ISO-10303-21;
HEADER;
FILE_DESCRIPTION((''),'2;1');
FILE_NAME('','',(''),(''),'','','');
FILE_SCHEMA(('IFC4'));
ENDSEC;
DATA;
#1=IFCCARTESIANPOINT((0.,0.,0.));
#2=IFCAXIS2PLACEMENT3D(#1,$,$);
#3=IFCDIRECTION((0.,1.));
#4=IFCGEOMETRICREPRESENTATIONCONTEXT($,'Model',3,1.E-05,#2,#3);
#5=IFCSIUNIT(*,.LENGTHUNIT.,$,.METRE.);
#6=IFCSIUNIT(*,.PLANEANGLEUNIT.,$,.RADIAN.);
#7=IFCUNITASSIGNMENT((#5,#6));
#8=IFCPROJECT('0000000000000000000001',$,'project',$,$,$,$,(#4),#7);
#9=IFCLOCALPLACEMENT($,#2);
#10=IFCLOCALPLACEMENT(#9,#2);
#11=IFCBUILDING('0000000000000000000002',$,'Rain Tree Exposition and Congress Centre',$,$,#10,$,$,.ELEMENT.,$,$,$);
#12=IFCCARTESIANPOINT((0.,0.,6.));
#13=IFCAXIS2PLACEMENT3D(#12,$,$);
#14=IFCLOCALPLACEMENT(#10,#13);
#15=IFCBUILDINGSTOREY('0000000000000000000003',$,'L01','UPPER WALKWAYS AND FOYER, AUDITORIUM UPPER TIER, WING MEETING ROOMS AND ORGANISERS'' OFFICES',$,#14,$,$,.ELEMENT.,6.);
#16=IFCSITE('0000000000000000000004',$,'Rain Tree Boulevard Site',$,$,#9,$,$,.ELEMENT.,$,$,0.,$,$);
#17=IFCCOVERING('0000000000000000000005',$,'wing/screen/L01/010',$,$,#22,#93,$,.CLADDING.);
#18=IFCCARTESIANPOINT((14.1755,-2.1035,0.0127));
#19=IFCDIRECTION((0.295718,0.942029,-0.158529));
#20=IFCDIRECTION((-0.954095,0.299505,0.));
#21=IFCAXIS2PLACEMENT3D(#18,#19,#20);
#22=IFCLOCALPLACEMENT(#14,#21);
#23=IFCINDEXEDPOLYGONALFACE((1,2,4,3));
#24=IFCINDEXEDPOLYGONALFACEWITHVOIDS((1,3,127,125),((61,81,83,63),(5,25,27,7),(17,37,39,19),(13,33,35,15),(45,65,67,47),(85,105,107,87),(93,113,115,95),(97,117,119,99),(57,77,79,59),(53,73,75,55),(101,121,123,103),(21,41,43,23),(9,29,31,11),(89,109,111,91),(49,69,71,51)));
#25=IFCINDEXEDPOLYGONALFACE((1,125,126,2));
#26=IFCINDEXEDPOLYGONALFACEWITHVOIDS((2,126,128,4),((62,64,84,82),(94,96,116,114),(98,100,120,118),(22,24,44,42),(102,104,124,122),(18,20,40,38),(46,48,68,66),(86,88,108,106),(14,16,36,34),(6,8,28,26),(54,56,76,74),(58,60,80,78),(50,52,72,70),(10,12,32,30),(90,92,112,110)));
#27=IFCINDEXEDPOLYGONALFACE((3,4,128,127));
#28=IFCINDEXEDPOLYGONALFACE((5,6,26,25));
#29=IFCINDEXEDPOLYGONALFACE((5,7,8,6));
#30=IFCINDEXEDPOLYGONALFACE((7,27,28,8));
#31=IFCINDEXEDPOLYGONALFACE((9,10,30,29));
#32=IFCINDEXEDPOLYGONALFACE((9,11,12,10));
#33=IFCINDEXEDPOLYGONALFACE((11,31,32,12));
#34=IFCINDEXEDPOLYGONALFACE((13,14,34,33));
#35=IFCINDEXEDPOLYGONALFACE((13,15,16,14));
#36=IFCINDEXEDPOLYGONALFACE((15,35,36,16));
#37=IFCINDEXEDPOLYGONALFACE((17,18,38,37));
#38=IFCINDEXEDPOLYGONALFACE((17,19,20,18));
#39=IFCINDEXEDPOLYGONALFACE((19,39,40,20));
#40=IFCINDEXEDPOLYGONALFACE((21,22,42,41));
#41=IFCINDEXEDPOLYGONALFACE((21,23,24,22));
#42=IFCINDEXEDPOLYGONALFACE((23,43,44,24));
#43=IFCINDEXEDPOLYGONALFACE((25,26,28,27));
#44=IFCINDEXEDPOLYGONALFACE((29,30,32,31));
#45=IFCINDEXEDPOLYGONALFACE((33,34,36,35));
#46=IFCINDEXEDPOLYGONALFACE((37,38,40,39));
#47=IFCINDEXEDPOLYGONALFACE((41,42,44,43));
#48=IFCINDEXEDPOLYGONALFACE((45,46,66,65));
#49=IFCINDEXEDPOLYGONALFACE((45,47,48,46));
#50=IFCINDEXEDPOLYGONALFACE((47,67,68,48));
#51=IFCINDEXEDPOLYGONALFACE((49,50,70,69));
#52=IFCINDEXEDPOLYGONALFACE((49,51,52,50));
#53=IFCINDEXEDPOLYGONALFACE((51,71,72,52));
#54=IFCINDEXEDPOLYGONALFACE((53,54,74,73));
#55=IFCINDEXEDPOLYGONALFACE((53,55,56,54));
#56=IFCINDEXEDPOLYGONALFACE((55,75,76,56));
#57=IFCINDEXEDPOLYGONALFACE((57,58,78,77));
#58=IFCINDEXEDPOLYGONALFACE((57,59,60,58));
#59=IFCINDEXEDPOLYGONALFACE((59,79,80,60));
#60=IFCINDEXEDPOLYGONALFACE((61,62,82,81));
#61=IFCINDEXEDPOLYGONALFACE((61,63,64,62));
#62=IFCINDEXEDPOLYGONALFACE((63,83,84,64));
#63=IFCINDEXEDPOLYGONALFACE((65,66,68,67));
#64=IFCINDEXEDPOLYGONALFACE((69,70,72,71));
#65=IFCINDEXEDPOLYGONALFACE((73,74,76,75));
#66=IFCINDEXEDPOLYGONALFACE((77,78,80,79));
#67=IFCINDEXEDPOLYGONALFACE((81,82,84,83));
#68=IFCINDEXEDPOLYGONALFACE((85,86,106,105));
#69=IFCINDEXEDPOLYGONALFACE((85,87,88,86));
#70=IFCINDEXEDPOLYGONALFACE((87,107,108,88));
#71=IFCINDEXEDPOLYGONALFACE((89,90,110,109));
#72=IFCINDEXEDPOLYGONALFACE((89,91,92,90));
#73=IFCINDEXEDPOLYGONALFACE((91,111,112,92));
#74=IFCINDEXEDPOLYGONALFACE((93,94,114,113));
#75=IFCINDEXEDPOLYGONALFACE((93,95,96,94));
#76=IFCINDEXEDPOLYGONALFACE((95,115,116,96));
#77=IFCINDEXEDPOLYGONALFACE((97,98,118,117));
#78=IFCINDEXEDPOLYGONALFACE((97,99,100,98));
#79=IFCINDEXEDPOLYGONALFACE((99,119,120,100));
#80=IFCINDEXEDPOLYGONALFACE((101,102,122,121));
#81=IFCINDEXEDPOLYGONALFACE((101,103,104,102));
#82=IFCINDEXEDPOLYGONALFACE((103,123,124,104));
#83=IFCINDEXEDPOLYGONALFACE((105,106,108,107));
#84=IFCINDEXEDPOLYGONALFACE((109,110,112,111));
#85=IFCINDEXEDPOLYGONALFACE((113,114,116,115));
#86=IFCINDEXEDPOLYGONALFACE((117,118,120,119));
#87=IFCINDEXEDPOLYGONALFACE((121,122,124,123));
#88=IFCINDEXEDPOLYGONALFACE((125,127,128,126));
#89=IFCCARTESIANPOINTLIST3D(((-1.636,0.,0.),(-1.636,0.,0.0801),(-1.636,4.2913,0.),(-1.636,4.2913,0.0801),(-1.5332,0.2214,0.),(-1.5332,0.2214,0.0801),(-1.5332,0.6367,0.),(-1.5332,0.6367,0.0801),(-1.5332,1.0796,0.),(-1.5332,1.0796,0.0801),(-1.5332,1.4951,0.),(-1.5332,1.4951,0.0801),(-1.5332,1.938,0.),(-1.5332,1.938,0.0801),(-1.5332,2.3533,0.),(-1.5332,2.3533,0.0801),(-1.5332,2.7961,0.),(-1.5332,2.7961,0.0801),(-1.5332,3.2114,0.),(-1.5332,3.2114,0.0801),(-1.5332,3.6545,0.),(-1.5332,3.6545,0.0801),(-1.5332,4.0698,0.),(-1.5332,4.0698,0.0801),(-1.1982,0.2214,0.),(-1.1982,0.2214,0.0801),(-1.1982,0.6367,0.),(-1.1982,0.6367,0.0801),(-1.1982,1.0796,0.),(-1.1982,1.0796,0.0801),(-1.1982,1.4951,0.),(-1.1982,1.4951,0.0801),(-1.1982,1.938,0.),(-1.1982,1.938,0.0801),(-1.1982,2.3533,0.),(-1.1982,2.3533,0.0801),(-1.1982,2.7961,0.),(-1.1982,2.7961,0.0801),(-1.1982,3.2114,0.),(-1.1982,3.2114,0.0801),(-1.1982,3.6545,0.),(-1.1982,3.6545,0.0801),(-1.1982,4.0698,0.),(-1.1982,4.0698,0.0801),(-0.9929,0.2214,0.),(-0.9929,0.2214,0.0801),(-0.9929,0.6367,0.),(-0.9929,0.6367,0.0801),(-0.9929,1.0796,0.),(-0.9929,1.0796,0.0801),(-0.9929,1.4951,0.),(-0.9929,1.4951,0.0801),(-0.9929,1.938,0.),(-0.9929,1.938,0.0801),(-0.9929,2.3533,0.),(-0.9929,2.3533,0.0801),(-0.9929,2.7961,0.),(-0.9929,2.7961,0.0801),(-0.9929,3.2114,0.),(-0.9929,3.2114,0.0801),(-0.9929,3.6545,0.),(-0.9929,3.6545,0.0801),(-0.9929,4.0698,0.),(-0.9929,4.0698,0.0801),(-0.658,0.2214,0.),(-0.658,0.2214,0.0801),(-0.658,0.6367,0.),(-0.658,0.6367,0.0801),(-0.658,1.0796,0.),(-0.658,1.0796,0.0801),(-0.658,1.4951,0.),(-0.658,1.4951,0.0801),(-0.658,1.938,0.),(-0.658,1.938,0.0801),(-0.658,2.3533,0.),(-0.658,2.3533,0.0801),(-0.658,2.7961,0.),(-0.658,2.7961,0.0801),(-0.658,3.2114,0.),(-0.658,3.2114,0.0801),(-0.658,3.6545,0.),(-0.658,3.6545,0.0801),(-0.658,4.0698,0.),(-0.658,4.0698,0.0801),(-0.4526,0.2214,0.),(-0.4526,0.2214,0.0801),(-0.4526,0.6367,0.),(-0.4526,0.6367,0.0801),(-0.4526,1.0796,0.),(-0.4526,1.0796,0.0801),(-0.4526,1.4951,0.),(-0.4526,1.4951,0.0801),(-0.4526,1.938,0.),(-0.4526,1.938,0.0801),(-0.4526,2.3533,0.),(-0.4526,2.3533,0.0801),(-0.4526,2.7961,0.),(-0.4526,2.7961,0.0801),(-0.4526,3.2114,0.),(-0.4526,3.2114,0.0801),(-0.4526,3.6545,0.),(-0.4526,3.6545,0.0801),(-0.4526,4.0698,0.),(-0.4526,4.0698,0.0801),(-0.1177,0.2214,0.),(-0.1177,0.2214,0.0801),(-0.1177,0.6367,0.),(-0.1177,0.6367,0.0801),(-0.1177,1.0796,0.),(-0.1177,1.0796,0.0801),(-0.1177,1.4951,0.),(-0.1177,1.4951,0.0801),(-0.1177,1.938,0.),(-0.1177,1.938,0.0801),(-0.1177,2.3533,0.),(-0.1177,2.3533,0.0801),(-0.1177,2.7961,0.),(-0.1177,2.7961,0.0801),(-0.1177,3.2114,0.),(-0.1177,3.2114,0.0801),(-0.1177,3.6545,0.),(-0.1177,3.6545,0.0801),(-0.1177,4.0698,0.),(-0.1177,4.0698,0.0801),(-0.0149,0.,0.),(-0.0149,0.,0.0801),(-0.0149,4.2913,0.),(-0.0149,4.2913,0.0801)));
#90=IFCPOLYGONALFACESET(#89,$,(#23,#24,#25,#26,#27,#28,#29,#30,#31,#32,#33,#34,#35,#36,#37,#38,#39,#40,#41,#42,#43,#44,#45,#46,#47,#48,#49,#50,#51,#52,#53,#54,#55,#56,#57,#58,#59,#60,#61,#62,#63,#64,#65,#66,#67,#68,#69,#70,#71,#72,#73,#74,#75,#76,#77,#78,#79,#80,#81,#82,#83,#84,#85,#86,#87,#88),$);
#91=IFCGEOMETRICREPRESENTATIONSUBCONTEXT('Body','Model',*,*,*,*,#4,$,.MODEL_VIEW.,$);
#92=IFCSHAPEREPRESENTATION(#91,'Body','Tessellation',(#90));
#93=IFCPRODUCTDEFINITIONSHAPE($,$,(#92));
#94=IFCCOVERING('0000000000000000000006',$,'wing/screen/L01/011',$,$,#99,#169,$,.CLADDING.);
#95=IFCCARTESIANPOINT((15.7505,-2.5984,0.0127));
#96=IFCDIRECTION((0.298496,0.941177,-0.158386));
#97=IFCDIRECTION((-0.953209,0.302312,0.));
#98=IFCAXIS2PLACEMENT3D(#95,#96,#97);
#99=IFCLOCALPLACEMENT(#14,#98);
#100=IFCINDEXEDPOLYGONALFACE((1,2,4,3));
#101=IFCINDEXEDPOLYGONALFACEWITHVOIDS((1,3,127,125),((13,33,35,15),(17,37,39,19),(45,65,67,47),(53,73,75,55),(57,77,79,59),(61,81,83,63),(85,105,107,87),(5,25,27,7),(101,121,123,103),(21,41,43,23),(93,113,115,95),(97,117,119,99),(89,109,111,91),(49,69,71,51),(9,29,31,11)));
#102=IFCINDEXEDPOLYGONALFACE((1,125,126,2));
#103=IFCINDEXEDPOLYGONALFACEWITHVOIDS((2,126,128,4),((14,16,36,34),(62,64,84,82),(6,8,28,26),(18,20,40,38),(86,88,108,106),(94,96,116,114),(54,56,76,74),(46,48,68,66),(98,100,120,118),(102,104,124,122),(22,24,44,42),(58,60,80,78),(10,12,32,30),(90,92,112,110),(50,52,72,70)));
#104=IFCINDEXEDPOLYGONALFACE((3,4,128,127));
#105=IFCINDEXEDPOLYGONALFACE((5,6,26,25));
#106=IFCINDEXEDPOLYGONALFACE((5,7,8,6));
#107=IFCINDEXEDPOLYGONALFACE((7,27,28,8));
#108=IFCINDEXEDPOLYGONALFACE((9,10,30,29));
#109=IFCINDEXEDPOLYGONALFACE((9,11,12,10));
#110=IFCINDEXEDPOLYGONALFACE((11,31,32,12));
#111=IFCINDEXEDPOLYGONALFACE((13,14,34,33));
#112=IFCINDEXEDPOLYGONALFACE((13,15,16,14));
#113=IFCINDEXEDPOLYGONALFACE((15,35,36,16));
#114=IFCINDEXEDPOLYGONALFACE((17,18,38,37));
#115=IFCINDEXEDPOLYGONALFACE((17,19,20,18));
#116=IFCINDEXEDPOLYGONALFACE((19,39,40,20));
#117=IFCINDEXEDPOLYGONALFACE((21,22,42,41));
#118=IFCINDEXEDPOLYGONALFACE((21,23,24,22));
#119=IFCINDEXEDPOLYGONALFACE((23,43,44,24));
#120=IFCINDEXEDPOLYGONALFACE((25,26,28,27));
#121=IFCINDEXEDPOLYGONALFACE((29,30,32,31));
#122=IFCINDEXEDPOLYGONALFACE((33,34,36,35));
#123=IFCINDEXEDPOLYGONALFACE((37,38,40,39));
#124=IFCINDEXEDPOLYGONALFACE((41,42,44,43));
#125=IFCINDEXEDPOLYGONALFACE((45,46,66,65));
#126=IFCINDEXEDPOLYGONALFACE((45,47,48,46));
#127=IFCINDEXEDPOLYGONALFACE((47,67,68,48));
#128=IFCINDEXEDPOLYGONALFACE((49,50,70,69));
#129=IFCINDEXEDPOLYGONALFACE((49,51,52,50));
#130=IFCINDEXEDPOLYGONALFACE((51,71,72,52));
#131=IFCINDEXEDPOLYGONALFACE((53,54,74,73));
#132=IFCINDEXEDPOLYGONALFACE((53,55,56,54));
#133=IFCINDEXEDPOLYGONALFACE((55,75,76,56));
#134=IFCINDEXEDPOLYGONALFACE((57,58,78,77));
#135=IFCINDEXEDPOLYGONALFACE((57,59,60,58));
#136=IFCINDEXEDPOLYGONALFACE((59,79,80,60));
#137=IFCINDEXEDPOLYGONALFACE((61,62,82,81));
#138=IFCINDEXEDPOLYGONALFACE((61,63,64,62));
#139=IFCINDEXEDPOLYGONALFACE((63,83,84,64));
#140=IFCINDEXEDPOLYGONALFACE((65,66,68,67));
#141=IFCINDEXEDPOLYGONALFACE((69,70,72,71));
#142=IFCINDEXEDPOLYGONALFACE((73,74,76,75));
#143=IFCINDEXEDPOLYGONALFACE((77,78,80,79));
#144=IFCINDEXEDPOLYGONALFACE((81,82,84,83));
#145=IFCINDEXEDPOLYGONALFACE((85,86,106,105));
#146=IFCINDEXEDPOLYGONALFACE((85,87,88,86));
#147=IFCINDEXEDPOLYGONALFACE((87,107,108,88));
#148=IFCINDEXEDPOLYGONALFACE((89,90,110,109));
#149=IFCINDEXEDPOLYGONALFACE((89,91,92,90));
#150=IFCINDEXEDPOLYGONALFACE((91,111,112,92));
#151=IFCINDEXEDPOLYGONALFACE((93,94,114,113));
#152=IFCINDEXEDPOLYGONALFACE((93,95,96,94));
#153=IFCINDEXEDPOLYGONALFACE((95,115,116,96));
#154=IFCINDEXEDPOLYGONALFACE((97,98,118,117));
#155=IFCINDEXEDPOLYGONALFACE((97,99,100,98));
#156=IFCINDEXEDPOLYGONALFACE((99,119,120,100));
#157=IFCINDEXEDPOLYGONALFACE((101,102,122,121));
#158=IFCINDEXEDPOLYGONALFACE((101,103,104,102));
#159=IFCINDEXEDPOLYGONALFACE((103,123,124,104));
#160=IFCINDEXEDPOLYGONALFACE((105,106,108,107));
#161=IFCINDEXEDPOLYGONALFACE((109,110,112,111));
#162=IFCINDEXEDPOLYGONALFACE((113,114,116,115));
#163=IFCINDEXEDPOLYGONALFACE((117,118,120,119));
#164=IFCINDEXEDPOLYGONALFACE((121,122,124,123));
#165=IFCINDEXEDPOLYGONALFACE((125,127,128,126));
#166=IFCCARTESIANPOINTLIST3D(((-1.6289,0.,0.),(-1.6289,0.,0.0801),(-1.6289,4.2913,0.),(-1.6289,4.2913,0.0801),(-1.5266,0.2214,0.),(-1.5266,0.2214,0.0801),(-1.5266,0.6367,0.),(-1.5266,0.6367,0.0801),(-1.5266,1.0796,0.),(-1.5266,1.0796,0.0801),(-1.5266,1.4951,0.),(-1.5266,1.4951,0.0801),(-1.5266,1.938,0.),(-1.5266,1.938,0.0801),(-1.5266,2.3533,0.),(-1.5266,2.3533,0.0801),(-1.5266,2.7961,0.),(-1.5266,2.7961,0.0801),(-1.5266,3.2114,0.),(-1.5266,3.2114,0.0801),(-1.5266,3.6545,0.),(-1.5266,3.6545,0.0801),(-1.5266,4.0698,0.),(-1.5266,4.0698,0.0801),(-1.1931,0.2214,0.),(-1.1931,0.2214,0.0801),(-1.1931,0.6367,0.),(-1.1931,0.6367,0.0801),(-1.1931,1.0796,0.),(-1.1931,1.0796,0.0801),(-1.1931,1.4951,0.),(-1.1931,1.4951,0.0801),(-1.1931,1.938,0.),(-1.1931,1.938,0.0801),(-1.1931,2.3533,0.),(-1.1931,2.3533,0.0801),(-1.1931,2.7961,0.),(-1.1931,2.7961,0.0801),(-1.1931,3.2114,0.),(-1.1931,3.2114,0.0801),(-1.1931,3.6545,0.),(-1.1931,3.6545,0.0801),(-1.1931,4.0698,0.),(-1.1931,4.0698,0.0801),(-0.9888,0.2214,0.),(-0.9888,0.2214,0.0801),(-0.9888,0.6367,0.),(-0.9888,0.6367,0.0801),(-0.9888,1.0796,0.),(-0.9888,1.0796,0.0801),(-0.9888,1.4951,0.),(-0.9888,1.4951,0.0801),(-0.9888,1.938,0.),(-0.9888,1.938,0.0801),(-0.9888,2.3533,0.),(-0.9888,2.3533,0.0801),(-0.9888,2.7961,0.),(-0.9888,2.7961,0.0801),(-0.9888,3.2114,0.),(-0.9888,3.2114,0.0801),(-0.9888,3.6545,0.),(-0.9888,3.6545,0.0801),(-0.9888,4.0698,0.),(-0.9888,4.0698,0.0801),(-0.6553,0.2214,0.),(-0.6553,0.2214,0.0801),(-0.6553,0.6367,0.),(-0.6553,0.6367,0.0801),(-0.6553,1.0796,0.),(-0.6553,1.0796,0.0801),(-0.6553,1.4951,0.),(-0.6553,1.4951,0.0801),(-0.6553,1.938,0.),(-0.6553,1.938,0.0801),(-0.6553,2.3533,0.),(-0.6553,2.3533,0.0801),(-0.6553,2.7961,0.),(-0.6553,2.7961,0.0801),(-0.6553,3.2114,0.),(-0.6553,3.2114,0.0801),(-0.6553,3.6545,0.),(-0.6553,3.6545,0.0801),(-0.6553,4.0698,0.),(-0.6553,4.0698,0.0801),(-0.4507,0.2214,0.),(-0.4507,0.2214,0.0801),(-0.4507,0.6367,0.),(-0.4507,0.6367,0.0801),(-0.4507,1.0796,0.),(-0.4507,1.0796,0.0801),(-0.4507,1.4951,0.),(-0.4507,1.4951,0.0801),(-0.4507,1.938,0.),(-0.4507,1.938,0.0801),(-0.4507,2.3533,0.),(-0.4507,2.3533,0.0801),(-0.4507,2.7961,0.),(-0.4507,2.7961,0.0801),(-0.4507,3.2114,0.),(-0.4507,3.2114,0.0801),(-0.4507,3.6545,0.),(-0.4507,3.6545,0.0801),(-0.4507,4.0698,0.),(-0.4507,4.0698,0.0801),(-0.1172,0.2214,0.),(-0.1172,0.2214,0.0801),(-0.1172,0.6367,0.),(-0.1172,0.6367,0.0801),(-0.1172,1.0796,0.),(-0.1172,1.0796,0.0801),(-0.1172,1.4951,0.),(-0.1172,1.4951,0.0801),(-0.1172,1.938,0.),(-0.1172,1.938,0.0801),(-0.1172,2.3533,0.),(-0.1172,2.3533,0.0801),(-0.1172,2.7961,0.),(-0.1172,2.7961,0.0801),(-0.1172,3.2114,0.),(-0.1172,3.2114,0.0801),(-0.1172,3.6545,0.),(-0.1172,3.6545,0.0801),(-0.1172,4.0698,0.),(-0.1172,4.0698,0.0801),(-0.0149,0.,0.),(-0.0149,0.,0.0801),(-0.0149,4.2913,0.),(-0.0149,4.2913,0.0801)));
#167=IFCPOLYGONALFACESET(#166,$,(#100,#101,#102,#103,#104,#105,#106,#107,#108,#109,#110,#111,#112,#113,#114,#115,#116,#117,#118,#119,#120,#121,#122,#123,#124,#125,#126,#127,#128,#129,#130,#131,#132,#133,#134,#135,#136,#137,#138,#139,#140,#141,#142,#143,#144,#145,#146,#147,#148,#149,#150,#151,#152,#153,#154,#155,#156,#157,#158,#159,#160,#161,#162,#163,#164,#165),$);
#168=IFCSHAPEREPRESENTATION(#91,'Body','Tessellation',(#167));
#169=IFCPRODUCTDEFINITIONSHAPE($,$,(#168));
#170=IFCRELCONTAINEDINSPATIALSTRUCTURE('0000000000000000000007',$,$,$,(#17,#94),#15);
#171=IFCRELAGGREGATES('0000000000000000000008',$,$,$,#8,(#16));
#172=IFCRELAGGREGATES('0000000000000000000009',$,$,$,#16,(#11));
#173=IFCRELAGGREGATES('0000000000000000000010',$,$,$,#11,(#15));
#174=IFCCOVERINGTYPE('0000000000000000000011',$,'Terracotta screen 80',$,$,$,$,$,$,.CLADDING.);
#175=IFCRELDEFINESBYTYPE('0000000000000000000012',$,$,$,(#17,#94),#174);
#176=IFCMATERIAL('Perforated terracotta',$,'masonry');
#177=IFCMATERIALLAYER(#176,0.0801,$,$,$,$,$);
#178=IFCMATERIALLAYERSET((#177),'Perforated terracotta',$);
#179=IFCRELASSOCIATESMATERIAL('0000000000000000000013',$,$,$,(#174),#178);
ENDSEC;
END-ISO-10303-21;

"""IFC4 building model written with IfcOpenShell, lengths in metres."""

from ifc_helpers import new_model, si_unit, direction, frame, origin, place, context, subcontext, project, spatial, polyline, outline, extrude, material, layer, layer_set, type_object, element, save


model = new_model("IFC4")

# Units and contexts
model_context = context("Model", 3, precision=1e-05, world=origin(), true_north=direction((0.0, 1.0)))
body_context = subcontext(model_context, "Body", "Model", "MODEL_VIEW")
ifc_project = project(units=[si_unit("LENGTHUNIT", "METRE"), si_unit("PLANEANGLEUNIT", "RADIAN")], contexts=[model_context])

# Site, building, storey
site_placement = place(None, origin())
site = spatial("IfcSite", under=ifc_project, at=site_placement, Name="Rain Tree Boulevard Site", CompositionType="ELEMENT", RefElevation=0.0)
building_placement = place(site_placement, origin())
building = spatial("IfcBuilding", under=site, at=building_placement, Name="Rain Tree Exposition and Congress Centre", CompositionType="ELEMENT")
storey_placement = place(building_placement, frame((0.0, 0.0, 6.0)))
storey = spatial("IfcBuildingStorey", under=building, at=storey_placement, Name="L01", Description="UPPER WALKWAYS AND FOYER, AUDITORIUM UPPER TIER, WING MEETING ROOMS AND ORGANISERS' OFFICES", CompositionType="ELEMENT", Elevation=6.0)

# Coverings
ifc_material_1 = material(Name="Perforated terracotta", Category="masonry")
ifc_layer_1 = layer(ifc_material_1, 0.0801)
ifc_layer_set_1 = layer_set([ifc_layer_1], Name="Perforated terracotta")
covering_type = type_object("IfcCoveringType", Name="Terracotta screen 80", PredefinedType="CLADDING", material=ifc_layer_set_1)
covering_1_placement = place(storey_placement, frame((14.1755, -2.1035, 0.0127), z_axis=(0.295718, 0.942029, -0.158529), x_axis=(-0.954095, 0.299505, 0.0)))
element("IfcCovering", 1, at=covering_1_placement, inside=storey, type_object=covering_type, Name="wing/screen/L01/010", PredefinedType="CLADDING", context=body_context, shape_type="SweptSolid", body=[
    extrude(outline(polyline([(-1.636, 0.0), (-1.636, 4.2913), (-0.0149, 4.2913), (-0.0149, 0.0), (-1.636, 0.0)]), holes=[polyline([(-0.1177, 0.2214), (-0.1177, 0.6367), (-0.4526, 0.6367), (-0.4526, 0.2214), (-0.1177, 0.2214)]), polyline([(-0.1177, 1.0796), (-0.1177, 1.4951), (-0.4526, 1.4951), (-0.4526, 1.0796), (-0.1177, 1.0796)]), polyline([(-0.1177, 1.938), (-0.1177, 2.3533), (-0.4526, 2.3533), (-0.4526, 1.938), (-0.1177, 1.938)]), polyline([(-0.1177, 2.7961), (-0.1177, 3.2114), (-0.4526, 3.2114), (-0.4526, 2.7961), (-0.1177, 2.7961)]), polyline([(-0.1177, 3.6545), (-0.1177, 4.0698), (-0.4526, 4.0698), (-0.4526, 3.6545), (-0.1177, 3.6545)]), polyline([(-0.658, 0.2214), (-0.658, 0.6367), (-0.9929, 0.6367), (-0.9929, 0.2214), (-0.658, 0.2214)]), polyline([(-0.658, 1.0796), (-0.658, 1.4951), (-0.9929, 1.4951), (-0.9929, 1.0796), (-0.658, 1.0796)]), polyline([(-0.658, 1.938), (-0.658, 2.3533), (-0.9929, 2.3533), (-0.9929, 1.938), (-0.658, 1.938)]), polyline([(-0.658, 2.7961), (-0.658, 3.2114), (-0.9929, 3.2114), (-0.9929, 2.7961), (-0.658, 2.7961)]), polyline([(-0.658, 3.6545), (-0.658, 4.0698), (-0.9929, 4.0698), (-0.9929, 3.6545), (-0.658, 3.6545)]), polyline([(-1.1982, 0.2214), (-1.1982, 0.6367), (-1.5332, 0.6367), (-1.5332, 0.2214), (-1.1982, 0.2214)]), polyline([(-1.1982, 1.0796), (-1.1982, 1.4951), (-1.5332, 1.4951), (-1.5332, 1.0796), (-1.1982, 1.0796)]), polyline([(-1.1982, 1.938), (-1.1982, 2.3533), (-1.5332, 2.3533), (-1.5332, 1.938), (-1.1982, 1.938)]), polyline([(-1.1982, 2.7961), (-1.1982, 3.2114), (-1.5332, 3.2114), (-1.5332, 2.7961), (-1.1982, 2.7961)]), polyline([(-1.1982, 3.6545), (-1.1982, 4.0698), (-1.5332, 4.0698), (-1.5332, 3.6545), (-1.1982, 3.6545)])]), origin(), (0.0, 0.0, 1.0), 0.0801),
])
covering_2_placement = place(storey_placement, frame((15.7505, -2.5984, 0.0127), z_axis=(0.298496, 0.941177, -0.158386), x_axis=(-0.953209, 0.302312, 0.0)))
element("IfcCovering", 2, at=covering_2_placement, inside=storey, type_object=covering_type, Name="wing/screen/L01/011", PredefinedType="CLADDING", context=body_context, shape_type="SweptSolid", body=[
    extrude(outline(polyline([(-1.6289, 0.0), (-1.6289, 4.2913), (-0.0149, 4.2913), (-0.0149, 0.0), (-1.6289, 0.0)]), holes=[polyline([(-0.1172, 0.2214), (-0.1172, 0.6367), (-0.4507, 0.6367), (-0.4507, 0.2214), (-0.1172, 0.2214)]), polyline([(-0.1172, 1.0796), (-0.1172, 1.4951), (-0.4507, 1.4951), (-0.4507, 1.0796), (-0.1172, 1.0796)]), polyline([(-0.1172, 1.938), (-0.1172, 2.3533), (-0.4507, 2.3533), (-0.4507, 1.938), (-0.1172, 1.938)]), polyline([(-0.1172, 2.7961), (-0.1172, 3.2114), (-0.4507, 3.2114), (-0.4507, 2.7961), (-0.1172, 2.7961)]), polyline([(-0.1172, 3.6545), (-0.1172, 4.0698), (-0.4507, 4.0698), (-0.4507, 3.6545), (-0.1172, 3.6545)]), polyline([(-0.6553, 0.2214), (-0.6553, 0.6367), (-0.9888, 0.6367), (-0.9888, 0.2214), (-0.6553, 0.2214)]), polyline([(-0.6553, 1.0796), (-0.6553, 1.4951), (-0.9888, 1.4951), (-0.9888, 1.0796), (-0.6553, 1.0796)]), polyline([(-0.6553, 1.938), (-0.6553, 2.3533), (-0.9888, 2.3533), (-0.9888, 1.938), (-0.6553, 1.938)]), polyline([(-0.6553, 2.7961), (-0.6553, 3.2114), (-0.9888, 3.2114), (-0.9888, 2.7961), (-0.6553, 2.7961)]), polyline([(-0.6553, 3.6545), (-0.6553, 4.0698), (-0.9888, 4.0698), (-0.9888, 3.6545), (-0.6553, 3.6545)]), polyline([(-1.1931, 0.2214), (-1.1931, 0.6367), (-1.5266, 0.6367), (-1.5266, 0.2214), (-1.1931, 0.2214)]), polyline([(-1.1931, 1.0796), (-1.1931, 1.4951), (-1.5266, 1.4951), (-1.5266, 1.0796), (-1.1931, 1.0796)]), polyline([(-1.1931, 1.938), (-1.1931, 2.3533), (-1.5266, 2.3533), (-1.5266, 1.938), (-1.1931, 1.938)]), polyline([(-1.1931, 2.7961), (-1.1931, 3.2114), (-1.5266, 3.2114), (-1.5266, 2.7961), (-1.1931, 2.7961)]), polyline([(-1.1931, 3.6545), (-1.1931, 4.0698), (-1.5266, 4.0698), (-1.5266, 3.6545), (-1.1931, 3.6545)])]), origin(), (0.0, 0.0, 1.0), 0.0801),
])

save(model, "model.ifc")
